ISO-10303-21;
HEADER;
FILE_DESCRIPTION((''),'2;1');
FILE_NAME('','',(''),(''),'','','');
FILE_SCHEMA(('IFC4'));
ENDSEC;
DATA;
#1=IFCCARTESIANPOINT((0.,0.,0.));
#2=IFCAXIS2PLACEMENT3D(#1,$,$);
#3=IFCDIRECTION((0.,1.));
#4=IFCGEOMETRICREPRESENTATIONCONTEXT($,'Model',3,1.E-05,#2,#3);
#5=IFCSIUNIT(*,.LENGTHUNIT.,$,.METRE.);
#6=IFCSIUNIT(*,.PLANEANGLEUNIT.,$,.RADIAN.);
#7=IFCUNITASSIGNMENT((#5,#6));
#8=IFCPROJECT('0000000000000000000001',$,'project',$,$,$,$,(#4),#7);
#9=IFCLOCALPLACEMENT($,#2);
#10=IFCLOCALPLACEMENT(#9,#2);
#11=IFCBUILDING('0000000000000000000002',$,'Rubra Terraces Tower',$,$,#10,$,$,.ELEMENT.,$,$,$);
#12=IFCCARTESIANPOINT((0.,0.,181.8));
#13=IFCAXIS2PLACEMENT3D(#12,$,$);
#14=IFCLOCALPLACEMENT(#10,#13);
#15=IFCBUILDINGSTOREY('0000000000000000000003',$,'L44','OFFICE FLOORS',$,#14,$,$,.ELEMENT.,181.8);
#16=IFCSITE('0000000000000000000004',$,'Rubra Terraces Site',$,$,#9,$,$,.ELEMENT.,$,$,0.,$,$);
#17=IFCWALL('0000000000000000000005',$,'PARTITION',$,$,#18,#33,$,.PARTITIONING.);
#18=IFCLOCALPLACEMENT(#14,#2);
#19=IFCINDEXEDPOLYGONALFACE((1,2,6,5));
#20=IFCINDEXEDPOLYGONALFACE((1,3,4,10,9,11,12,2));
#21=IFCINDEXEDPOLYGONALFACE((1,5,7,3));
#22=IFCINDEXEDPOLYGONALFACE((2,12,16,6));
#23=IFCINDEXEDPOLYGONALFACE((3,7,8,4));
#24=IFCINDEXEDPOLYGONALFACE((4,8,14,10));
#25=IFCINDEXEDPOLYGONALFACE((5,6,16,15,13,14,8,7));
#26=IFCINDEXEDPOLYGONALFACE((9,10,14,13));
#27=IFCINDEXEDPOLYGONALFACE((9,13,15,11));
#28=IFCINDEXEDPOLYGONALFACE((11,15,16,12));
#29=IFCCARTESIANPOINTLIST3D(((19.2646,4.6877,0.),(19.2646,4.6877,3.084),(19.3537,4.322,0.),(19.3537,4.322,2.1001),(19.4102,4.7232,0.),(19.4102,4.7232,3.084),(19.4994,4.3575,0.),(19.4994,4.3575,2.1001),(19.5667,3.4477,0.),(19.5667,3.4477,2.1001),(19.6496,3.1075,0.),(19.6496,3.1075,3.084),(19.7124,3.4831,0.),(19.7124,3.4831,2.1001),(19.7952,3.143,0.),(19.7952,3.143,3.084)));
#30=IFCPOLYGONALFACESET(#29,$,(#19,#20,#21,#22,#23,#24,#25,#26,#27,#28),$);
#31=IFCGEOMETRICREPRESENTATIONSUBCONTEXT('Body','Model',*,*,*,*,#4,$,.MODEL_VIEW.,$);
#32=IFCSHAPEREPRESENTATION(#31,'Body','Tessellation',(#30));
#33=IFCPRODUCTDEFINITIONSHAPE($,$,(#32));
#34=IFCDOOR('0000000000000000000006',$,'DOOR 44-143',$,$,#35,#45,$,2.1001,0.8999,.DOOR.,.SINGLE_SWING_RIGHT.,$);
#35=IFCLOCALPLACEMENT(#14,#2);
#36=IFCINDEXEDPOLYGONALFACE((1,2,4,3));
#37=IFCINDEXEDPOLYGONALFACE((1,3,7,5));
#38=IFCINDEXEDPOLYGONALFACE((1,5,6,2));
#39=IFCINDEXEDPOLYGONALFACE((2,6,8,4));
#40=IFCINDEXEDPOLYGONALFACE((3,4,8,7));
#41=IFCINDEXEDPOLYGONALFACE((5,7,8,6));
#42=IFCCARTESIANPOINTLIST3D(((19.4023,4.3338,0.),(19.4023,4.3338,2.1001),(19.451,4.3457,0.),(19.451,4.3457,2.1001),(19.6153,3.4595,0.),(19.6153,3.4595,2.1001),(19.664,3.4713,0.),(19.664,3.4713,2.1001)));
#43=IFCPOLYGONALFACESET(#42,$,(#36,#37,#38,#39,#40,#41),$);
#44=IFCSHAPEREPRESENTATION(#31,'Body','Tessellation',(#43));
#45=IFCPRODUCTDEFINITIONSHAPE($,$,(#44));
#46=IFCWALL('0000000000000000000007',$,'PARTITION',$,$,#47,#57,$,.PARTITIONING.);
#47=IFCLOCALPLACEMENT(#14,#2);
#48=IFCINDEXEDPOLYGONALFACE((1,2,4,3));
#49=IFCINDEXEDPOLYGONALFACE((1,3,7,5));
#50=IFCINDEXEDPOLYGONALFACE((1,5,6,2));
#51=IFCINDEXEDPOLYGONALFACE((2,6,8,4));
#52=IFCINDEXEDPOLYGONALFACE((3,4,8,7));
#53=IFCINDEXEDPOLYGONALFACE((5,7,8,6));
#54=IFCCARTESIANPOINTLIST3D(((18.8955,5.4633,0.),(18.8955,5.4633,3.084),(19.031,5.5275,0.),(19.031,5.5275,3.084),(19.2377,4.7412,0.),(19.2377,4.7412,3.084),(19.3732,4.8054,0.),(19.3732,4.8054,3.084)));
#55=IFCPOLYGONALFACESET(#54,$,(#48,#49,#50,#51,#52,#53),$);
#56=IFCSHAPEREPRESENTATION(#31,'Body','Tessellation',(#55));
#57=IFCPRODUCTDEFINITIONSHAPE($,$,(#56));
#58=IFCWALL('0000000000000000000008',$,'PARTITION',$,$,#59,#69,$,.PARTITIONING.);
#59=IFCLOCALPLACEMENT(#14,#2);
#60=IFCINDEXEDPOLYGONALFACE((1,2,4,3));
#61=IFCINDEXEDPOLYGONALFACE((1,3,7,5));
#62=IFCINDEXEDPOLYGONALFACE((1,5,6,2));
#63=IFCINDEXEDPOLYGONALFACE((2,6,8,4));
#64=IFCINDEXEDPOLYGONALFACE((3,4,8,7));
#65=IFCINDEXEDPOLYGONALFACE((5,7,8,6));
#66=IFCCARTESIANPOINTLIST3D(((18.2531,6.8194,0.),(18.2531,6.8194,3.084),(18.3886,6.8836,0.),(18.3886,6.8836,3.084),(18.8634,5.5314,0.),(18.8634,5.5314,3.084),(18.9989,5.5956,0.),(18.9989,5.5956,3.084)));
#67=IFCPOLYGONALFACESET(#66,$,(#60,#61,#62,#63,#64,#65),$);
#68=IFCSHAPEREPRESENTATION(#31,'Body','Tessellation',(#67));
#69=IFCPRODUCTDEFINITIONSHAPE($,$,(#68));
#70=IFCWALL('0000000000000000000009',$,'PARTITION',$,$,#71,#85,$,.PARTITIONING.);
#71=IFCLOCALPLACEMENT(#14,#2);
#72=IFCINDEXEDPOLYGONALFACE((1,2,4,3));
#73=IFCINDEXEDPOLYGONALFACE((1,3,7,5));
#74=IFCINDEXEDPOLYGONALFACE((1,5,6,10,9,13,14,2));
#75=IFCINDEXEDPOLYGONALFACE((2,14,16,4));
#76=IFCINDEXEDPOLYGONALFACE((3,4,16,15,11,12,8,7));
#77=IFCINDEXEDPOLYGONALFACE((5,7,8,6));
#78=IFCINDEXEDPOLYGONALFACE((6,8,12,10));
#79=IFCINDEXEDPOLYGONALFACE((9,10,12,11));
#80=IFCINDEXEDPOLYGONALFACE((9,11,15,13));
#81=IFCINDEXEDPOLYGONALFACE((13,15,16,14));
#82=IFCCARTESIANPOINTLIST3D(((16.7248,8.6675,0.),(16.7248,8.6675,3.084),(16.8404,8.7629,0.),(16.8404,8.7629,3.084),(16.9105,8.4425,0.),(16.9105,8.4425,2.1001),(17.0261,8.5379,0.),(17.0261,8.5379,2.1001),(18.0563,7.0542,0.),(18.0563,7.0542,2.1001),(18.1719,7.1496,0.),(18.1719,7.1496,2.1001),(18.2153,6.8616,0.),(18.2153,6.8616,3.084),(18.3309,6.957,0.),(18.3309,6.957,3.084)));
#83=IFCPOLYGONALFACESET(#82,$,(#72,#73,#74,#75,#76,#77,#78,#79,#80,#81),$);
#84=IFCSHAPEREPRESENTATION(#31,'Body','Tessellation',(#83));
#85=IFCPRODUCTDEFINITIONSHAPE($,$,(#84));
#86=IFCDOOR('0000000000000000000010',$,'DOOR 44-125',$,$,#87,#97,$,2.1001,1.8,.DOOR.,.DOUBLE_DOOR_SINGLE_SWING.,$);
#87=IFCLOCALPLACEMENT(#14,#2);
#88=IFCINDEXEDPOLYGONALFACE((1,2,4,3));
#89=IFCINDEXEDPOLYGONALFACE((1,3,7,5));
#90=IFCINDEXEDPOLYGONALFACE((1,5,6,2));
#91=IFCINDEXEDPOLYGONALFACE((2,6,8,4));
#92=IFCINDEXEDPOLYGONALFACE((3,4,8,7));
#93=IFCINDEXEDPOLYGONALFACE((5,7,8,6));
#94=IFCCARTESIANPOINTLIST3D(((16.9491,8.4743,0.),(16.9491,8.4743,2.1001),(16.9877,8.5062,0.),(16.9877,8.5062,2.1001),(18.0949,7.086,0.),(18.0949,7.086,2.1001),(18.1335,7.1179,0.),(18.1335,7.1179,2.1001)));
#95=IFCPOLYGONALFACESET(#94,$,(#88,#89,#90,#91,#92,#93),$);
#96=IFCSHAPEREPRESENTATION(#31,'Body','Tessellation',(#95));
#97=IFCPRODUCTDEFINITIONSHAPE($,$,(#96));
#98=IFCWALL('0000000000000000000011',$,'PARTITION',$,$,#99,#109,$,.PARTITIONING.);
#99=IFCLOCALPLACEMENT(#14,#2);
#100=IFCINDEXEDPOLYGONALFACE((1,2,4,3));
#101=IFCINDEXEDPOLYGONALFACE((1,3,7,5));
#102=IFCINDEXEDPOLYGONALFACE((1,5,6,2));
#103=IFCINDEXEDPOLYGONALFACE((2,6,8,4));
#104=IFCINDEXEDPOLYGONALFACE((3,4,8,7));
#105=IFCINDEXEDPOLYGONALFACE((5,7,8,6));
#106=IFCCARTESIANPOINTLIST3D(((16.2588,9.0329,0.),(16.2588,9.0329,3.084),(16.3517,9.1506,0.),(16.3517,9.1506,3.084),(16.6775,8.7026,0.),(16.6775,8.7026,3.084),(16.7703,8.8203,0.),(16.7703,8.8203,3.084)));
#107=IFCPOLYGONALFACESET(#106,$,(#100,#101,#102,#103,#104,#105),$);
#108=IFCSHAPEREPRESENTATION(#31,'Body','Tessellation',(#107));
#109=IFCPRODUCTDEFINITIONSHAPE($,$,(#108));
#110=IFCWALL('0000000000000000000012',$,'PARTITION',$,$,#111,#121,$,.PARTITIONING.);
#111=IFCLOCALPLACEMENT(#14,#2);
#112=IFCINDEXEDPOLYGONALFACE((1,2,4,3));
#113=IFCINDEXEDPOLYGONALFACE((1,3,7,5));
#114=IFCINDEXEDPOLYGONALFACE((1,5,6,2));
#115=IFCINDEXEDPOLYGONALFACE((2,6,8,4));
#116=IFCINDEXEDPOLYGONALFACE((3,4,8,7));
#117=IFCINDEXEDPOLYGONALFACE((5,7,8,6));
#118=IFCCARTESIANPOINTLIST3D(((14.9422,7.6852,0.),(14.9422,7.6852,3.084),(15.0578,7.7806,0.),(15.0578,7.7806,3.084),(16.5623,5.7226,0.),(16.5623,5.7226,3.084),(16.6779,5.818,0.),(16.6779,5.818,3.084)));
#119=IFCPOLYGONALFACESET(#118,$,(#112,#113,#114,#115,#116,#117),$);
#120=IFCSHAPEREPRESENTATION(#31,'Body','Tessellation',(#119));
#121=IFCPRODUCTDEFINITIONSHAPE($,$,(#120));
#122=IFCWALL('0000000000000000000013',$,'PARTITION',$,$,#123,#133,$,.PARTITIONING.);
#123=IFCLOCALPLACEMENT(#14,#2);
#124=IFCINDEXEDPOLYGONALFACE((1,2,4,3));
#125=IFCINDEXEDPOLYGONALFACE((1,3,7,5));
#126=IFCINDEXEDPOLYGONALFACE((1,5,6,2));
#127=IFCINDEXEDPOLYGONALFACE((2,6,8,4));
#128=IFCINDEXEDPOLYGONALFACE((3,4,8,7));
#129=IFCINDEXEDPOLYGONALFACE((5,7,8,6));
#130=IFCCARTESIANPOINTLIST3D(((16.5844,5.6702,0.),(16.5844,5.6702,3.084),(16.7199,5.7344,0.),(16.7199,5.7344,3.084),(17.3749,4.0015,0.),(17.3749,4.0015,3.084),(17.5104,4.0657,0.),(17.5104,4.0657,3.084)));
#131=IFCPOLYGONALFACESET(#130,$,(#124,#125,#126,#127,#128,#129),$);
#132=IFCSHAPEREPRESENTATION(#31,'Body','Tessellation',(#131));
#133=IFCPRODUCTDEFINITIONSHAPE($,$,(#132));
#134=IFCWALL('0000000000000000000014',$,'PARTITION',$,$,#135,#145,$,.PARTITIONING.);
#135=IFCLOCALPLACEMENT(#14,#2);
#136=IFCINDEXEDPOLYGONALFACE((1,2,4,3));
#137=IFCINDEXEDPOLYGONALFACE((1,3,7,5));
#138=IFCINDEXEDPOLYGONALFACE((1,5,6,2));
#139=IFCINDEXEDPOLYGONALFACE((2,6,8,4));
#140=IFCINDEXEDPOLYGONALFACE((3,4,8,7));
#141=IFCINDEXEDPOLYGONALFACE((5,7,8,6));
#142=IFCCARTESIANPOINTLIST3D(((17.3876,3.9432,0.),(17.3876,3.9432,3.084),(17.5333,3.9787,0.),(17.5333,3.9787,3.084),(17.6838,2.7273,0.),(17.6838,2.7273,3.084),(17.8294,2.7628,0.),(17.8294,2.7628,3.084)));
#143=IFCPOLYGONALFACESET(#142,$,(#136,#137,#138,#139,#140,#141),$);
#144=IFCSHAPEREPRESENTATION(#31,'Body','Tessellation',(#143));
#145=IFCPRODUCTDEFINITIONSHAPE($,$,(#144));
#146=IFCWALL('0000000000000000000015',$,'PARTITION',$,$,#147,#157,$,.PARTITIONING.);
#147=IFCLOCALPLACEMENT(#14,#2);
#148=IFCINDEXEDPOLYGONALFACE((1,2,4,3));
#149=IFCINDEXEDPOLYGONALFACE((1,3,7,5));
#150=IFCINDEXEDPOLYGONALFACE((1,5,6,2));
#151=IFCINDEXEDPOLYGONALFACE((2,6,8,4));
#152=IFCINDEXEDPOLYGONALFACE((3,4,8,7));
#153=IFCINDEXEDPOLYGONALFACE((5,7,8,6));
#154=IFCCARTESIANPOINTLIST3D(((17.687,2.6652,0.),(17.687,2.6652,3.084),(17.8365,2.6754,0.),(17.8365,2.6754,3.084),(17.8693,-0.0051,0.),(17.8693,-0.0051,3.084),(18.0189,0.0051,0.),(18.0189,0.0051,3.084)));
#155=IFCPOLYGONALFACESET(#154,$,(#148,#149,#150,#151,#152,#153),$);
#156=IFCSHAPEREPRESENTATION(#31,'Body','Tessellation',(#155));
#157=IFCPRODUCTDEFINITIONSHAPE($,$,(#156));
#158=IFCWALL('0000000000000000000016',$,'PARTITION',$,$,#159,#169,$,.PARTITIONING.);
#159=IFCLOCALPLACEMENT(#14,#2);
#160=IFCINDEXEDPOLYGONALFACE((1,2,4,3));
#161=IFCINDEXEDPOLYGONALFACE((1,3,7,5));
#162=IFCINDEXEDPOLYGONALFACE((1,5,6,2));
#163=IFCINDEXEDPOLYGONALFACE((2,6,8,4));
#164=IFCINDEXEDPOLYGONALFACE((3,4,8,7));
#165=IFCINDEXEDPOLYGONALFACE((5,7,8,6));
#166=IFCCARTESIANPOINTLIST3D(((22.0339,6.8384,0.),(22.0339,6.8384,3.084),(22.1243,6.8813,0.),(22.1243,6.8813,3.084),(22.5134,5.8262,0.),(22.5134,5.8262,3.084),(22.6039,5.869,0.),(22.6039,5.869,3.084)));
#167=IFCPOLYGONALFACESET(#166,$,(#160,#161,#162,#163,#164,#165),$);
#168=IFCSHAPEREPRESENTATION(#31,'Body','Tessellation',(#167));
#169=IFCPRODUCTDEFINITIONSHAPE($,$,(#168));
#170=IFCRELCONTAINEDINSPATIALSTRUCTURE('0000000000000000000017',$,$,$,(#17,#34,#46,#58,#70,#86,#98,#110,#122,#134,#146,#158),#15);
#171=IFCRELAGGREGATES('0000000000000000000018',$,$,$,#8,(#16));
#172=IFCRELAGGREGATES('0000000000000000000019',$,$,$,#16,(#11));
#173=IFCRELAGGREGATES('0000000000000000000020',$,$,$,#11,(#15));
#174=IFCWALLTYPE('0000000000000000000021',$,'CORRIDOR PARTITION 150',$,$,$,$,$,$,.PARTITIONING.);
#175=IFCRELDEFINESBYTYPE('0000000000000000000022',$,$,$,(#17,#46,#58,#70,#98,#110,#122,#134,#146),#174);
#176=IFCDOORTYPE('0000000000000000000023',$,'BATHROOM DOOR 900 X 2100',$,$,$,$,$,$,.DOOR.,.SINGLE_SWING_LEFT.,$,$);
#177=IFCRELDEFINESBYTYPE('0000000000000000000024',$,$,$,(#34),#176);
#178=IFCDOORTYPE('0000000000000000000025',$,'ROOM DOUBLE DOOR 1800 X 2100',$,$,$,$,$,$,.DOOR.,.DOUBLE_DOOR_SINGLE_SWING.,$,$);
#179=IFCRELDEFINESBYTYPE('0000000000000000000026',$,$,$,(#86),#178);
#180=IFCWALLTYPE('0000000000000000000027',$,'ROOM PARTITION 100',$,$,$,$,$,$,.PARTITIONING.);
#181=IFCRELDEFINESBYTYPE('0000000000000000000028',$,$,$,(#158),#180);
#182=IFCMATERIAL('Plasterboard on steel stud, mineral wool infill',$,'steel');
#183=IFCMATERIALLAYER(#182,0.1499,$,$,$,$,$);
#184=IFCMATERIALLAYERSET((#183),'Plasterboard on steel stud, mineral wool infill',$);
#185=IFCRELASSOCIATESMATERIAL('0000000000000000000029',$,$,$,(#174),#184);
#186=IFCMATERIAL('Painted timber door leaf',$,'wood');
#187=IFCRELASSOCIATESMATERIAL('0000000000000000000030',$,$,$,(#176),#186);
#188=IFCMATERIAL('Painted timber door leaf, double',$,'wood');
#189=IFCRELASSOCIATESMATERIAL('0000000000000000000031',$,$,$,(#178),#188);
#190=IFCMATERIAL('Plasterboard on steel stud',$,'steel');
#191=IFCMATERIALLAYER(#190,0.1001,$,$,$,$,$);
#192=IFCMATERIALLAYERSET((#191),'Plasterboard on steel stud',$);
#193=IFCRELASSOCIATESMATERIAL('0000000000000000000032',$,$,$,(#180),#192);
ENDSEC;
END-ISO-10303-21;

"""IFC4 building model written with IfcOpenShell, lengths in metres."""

from ifc_helpers import new_model, si_unit, direction, frame, frame_2d, origin, place, context, subcontext, project, spatial, rectangle, extrude, material, layer, layer_set, type_object, element, fill, save


model = new_model("IFC4")

# Units and contexts
model_context = context("Model", 3, precision=1e-05, world=origin(), true_north=direction((0.0, 1.0)))
body_context = subcontext(model_context, "Body", "Model", "MODEL_VIEW")
ifc_project = project(units=[si_unit("LENGTHUNIT", "METRE"), si_unit("PLANEANGLEUNIT", "RADIAN")], contexts=[model_context])

# Site, building, storey
site_placement = place(None, origin())
site = spatial("IfcSite", under=ifc_project, at=site_placement, Name="Rubra Terraces Site", CompositionType="ELEMENT", RefElevation=0.0)
building_placement = place(site_placement, origin())
building = spatial("IfcBuilding", under=site, at=building_placement, Name="Rubra Terraces Tower", CompositionType="ELEMENT")
storey_placement = place(building_placement, frame((0.0, 0.0, 181.8)))
storey = spatial("IfcBuildingStorey", under=building, at=storey_placement, Name="L44", Description="OFFICE FLOORS", CompositionType="ELEMENT", Elevation=181.8)

# Wall, opening, door
ifc_material_1 = material(Name="Plasterboard on steel stud, mineral wool infill", Category="steel")
ifc_layer_1 = layer(ifc_material_1, 0.1499)
ifc_layer_set_1 = layer_set([ifc_layer_1], Name="Plasterboard on steel stud, mineral wool infill")
wall_type_1 = type_object("IfcWallType", Name="CORRIDOR PARTITION 150", PredefinedType="PARTITIONING", material=ifc_layer_set_1)
wall_1_placement = place(storey_placement, frame((19.7224, 3.1252, 0.0), z_axis=(0.0, 0.0, 1.0), x_axis=(-0.236704, 0.971582, 0.0)))
wall_1 = element("IfcWall", 1, at=wall_1_placement, inside=storey, type_object=wall_type_1, Name="PARTITION", PredefinedType="PARTITIONING", context=body_context, shape_type="SweptSolid", body=[
    extrude(rectangle(XDim=1.6265, YDim=0.1499, at=frame_2d((0.8132, 0.0))), origin(), (0.0, 0.0, 1.0), 3.084),
])
opening_1_placement = place(wall_1_placement, frame((0.3501, 0.0, 0.0)))
opening_1 = element("IfcOpeningElement", 2, at=opening_1_placement, cuts=wall_1, PredefinedType="OPENING", context=body_context, shape_type="SweptSolid", body=[
    extrude(rectangle(XDim=0.8999, YDim=2.1001, at=frame_2d((0.45, 1.05))), frame((0.0, 0.085, 0.0), z_axis=(0.0, -1.0, 0.0), x_axis=(1.0, 0.0, 0.0)), (0.0, 0.0, 1.0), 0.1699),
])
ifc_material_2 = material(Name="Painted timber door leaf", Category="wood")
door_type_1 = type_object("IfcDoorType", Name="BATHROOM DOOR 900 X 2100", OperationType="SINGLE_SWING_LEFT", PredefinedType="DOOR", material=ifc_material_2)
door_1_placement = place(opening_1_placement, origin())
door_1 = element("IfcDoor", 3, at=door_1_placement, inside=storey, type_object=door_type_1, Name="DOOR 44-143", OperationType="SINGLE_SWING_RIGHT", OverallHeight=2.1001, OverallWidth=0.8999, PredefinedType="DOOR", context=body_context, shape_type="SweptSolid", body=[
    extrude(rectangle(XDim=0.8999, YDim=2.1001, at=frame_2d((0.45, 1.05))), frame((0.0, 0.0249, 0.0), z_axis=(0.0, -1.0, 0.0), x_axis=(1.0, 0.0, 0.0)), (0.0, 0.0, 1.0), 0.05),
])
fill(opening_1, door_1)

# Walls
wall_2_placement = place(storey_placement, frame((19.3054, 4.7734, 0.0), z_axis=(0.0, 0.0, 1.0), x_axis=(-0.428296, 0.903638, 0.0)))
element("IfcWall", 4, at=wall_2_placement, inside=storey, type_object=wall_type_1, Name="PARTITION", PredefinedType="PARTITIONING", context=body_context, shape_type="SweptSolid", body=[
    extrude(rectangle(XDim=0.7991, YDim=0.1499, at=frame_2d((0.3994, 0.0))), origin(), (0.0, 0.0, 1.0), 3.084),
])
wall_3_placement = place(storey_placement, frame((18.9312, 5.5635, 0.0), z_axis=(0.0, 0.0, 1.0), x_axis=(-0.428204, 0.903682, 0.0)))
element("IfcWall", 5, at=wall_3_placement, inside=storey, type_object=wall_type_1, Name="PARTITION", PredefinedType="PARTITIONING", context=body_context, shape_type="SweptSolid", body=[
    extrude(rectangle(XDim=1.4253, YDim=0.1499, at=frame_2d((0.7126, 0.0))), origin(), (0.0, 0.0, 1.0), 3.084),
])

# Wall, opening, door
wall_4_placement = place(storey_placement, frame((18.2732, 6.9092, 0.0), z_axis=(0.0, 0.0, 1.0), x_axis=(-0.636536, 0.771247, 0.0)))
wall_4 = element("IfcWall", 6, at=wall_4_placement, inside=storey, type_object=wall_type_1, Name="PARTITION", PredefinedType="PARTITIONING", context=body_context, shape_type="SweptSolid", body=[
    extrude(rectangle(XDim=2.3416, YDim=0.1499, at=frame_2d((1.1709, 0.0))), origin(), (0.0, 0.0, 1.0), 3.084),
])
opening_2_placement = place(wall_4_placement, frame((0.25, 0.0, 0.0)))
opening_2 = element("IfcOpeningElement", 7, at=opening_2_placement, cuts=wall_4, PredefinedType="OPENING", context=body_context, shape_type="SweptSolid", body=[
    extrude(rectangle(XDim=1.8, YDim=2.1001, at=frame_2d((0.8999, 1.05))), frame((0.0, 0.085, 0.0), z_axis=(0.0, -1.0, 0.0), x_axis=(1.0, 0.0, 0.0)), (0.0, 0.0, 1.0), 0.1699),
])
ifc_material_3 = material(Name="Painted timber door leaf, double", Category="wood")
door_type_2 = type_object("IfcDoorType", Name="ROOM DOUBLE DOOR 1800 X 2100", OperationType="DOUBLE_DOOR_SINGLE_SWING", PredefinedType="DOOR", material=ifc_material_3)
door_2_placement = place(opening_2_placement, origin())
door_2 = element("IfcDoor", 8, at=door_2_placement, inside=storey, type_object=door_type_2, Name="DOOR 44-125", OperationType="DOUBLE_DOOR_SINGLE_SWING", OverallHeight=2.1001, OverallWidth=1.8, PredefinedType="DOOR", context=body_context, shape_type="SweptSolid", body=[
    extrude(rectangle(XDim=1.8, YDim=2.1001, at=frame_2d((0.8999, 1.05))), frame((0.0, 0.0249, 0.0), z_axis=(0.0, -1.0, 0.0), x_axis=(1.0, 0.0, 0.0)), (0.0, 0.0, 1.0), 0.05),
])
fill(opening_2, door_2)

# Walls
wall_5_placement = place(storey_placement, frame((16.7239, 8.7615, 0.0), z_axis=(0.0, 0.0, 1.0), x_axis=(-0.785094, 0.619377, 0.0)))
element("IfcWall", 9, at=wall_5_placement, inside=storey, type_object=wall_type_1, Name="PARTITION", PredefinedType="PARTITIONING", context=body_context, shape_type="SweptSolid", body=[
    extrude(rectangle(XDim=0.5332, YDim=0.1499, at=frame_2d((0.2666, 0.0))), origin(), (0.0, 0.0, 1.0), 3.084),
])
wall_6_placement = place(storey_placement, frame((15.0, 7.7329, 0.0), z_axis=(0.0, 0.0, 1.0), x_axis=(0.636601, -0.771193, 0.0)))
element("IfcWall", 10, at=wall_6_placement, inside=storey, type_object=wall_type_1, Name="PARTITION", PredefinedType="PARTITIONING", context=body_context, shape_type="SweptSolid", body=[
    extrude(rectangle(XDim=2.5449, YDim=0.1499, at=frame_2d((1.2725, 0.0))), origin(), (0.0, 0.0, 1.0), 3.084),
])
wall_7_placement = place(storey_placement, frame((16.6521, 5.7024, 0.0), z_axis=(0.0, 0.0, 1.0), x_axis=(0.428126, -0.903719, 0.0)))
element("IfcWall", 11, at=wall_7_placement, inside=storey, type_object=wall_type_1, Name="PARTITION", PredefinedType="PARTITIONING", context=body_context, shape_type="SweptSolid", body=[
    extrude(rectangle(XDim=1.8464, YDim=0.1499, at=frame_2d((0.9233, 0.0))), origin(), (0.0, 0.0, 1.0), 3.084),
])
wall_8_placement = place(storey_placement, frame((17.4604, 3.9609, 0.0), z_axis=(0.0, 0.0, 1.0), x_axis=(0.236655, -0.971594, 0.0)))
element("IfcWall", 12, at=wall_8_placement, inside=storey, type_object=wall_type_1, Name="PARTITION", PredefinedType="PARTITIONING", context=body_context, shape_type="SweptSolid", body=[
    extrude(rectangle(XDim=1.2515, YDim=0.1499, at=frame_2d((0.6257, 0.0))), origin(), (0.0, 0.0, 1.0), 3.084),
])
wall_9_placement = place(storey_placement, frame((17.7617, 2.6704, 0.0), z_axis=(0.0, 0.0, 1.0), x_axis=(0.068135, -0.997676, 0.0)))
element("IfcWall", 13, at=wall_9_placement, inside=storey, type_object=wall_type_1, Name="PARTITION", PredefinedType="PARTITIONING", context=body_context, shape_type="SweptSolid", body=[
    extrude(rectangle(XDim=2.6765, YDim=0.1499, at=frame_2d((1.3384, 0.0))), origin(), (0.0, 0.0, 1.0), 3.084),
])
ifc_material_4 = material(Name="Plasterboard on steel stud", Category="steel")
ifc_layer_2 = layer(ifc_material_4, 0.1001)
ifc_layer_set_2 = layer_set([ifc_layer_2], Name="Plasterboard on steel stud")
wall_type_2 = type_object("IfcWallType", Name="ROOM PARTITION 100", PredefinedType="PARTITIONING", material=ifc_layer_set_2)
wall_10_placement = place(storey_placement, frame((22.0791, 6.8599, 0.0), z_axis=(0.0, 0.0, 1.0), x_axis=(0.428105, -0.903729, 0.0)))
element("IfcWall", 14, at=wall_10_placement, inside=storey, type_object=wall_type_2, Name="PARTITION", PredefinedType="PARTITIONING", context=body_context, shape_type="SweptSolid", body=[
    extrude(rectangle(XDim=1.1201, YDim=0.1001, at=frame_2d((0.5601, 0.0))), origin(), (0.0, 0.0, 1.0), 3.084),
])

save(model, "model.ifc")
